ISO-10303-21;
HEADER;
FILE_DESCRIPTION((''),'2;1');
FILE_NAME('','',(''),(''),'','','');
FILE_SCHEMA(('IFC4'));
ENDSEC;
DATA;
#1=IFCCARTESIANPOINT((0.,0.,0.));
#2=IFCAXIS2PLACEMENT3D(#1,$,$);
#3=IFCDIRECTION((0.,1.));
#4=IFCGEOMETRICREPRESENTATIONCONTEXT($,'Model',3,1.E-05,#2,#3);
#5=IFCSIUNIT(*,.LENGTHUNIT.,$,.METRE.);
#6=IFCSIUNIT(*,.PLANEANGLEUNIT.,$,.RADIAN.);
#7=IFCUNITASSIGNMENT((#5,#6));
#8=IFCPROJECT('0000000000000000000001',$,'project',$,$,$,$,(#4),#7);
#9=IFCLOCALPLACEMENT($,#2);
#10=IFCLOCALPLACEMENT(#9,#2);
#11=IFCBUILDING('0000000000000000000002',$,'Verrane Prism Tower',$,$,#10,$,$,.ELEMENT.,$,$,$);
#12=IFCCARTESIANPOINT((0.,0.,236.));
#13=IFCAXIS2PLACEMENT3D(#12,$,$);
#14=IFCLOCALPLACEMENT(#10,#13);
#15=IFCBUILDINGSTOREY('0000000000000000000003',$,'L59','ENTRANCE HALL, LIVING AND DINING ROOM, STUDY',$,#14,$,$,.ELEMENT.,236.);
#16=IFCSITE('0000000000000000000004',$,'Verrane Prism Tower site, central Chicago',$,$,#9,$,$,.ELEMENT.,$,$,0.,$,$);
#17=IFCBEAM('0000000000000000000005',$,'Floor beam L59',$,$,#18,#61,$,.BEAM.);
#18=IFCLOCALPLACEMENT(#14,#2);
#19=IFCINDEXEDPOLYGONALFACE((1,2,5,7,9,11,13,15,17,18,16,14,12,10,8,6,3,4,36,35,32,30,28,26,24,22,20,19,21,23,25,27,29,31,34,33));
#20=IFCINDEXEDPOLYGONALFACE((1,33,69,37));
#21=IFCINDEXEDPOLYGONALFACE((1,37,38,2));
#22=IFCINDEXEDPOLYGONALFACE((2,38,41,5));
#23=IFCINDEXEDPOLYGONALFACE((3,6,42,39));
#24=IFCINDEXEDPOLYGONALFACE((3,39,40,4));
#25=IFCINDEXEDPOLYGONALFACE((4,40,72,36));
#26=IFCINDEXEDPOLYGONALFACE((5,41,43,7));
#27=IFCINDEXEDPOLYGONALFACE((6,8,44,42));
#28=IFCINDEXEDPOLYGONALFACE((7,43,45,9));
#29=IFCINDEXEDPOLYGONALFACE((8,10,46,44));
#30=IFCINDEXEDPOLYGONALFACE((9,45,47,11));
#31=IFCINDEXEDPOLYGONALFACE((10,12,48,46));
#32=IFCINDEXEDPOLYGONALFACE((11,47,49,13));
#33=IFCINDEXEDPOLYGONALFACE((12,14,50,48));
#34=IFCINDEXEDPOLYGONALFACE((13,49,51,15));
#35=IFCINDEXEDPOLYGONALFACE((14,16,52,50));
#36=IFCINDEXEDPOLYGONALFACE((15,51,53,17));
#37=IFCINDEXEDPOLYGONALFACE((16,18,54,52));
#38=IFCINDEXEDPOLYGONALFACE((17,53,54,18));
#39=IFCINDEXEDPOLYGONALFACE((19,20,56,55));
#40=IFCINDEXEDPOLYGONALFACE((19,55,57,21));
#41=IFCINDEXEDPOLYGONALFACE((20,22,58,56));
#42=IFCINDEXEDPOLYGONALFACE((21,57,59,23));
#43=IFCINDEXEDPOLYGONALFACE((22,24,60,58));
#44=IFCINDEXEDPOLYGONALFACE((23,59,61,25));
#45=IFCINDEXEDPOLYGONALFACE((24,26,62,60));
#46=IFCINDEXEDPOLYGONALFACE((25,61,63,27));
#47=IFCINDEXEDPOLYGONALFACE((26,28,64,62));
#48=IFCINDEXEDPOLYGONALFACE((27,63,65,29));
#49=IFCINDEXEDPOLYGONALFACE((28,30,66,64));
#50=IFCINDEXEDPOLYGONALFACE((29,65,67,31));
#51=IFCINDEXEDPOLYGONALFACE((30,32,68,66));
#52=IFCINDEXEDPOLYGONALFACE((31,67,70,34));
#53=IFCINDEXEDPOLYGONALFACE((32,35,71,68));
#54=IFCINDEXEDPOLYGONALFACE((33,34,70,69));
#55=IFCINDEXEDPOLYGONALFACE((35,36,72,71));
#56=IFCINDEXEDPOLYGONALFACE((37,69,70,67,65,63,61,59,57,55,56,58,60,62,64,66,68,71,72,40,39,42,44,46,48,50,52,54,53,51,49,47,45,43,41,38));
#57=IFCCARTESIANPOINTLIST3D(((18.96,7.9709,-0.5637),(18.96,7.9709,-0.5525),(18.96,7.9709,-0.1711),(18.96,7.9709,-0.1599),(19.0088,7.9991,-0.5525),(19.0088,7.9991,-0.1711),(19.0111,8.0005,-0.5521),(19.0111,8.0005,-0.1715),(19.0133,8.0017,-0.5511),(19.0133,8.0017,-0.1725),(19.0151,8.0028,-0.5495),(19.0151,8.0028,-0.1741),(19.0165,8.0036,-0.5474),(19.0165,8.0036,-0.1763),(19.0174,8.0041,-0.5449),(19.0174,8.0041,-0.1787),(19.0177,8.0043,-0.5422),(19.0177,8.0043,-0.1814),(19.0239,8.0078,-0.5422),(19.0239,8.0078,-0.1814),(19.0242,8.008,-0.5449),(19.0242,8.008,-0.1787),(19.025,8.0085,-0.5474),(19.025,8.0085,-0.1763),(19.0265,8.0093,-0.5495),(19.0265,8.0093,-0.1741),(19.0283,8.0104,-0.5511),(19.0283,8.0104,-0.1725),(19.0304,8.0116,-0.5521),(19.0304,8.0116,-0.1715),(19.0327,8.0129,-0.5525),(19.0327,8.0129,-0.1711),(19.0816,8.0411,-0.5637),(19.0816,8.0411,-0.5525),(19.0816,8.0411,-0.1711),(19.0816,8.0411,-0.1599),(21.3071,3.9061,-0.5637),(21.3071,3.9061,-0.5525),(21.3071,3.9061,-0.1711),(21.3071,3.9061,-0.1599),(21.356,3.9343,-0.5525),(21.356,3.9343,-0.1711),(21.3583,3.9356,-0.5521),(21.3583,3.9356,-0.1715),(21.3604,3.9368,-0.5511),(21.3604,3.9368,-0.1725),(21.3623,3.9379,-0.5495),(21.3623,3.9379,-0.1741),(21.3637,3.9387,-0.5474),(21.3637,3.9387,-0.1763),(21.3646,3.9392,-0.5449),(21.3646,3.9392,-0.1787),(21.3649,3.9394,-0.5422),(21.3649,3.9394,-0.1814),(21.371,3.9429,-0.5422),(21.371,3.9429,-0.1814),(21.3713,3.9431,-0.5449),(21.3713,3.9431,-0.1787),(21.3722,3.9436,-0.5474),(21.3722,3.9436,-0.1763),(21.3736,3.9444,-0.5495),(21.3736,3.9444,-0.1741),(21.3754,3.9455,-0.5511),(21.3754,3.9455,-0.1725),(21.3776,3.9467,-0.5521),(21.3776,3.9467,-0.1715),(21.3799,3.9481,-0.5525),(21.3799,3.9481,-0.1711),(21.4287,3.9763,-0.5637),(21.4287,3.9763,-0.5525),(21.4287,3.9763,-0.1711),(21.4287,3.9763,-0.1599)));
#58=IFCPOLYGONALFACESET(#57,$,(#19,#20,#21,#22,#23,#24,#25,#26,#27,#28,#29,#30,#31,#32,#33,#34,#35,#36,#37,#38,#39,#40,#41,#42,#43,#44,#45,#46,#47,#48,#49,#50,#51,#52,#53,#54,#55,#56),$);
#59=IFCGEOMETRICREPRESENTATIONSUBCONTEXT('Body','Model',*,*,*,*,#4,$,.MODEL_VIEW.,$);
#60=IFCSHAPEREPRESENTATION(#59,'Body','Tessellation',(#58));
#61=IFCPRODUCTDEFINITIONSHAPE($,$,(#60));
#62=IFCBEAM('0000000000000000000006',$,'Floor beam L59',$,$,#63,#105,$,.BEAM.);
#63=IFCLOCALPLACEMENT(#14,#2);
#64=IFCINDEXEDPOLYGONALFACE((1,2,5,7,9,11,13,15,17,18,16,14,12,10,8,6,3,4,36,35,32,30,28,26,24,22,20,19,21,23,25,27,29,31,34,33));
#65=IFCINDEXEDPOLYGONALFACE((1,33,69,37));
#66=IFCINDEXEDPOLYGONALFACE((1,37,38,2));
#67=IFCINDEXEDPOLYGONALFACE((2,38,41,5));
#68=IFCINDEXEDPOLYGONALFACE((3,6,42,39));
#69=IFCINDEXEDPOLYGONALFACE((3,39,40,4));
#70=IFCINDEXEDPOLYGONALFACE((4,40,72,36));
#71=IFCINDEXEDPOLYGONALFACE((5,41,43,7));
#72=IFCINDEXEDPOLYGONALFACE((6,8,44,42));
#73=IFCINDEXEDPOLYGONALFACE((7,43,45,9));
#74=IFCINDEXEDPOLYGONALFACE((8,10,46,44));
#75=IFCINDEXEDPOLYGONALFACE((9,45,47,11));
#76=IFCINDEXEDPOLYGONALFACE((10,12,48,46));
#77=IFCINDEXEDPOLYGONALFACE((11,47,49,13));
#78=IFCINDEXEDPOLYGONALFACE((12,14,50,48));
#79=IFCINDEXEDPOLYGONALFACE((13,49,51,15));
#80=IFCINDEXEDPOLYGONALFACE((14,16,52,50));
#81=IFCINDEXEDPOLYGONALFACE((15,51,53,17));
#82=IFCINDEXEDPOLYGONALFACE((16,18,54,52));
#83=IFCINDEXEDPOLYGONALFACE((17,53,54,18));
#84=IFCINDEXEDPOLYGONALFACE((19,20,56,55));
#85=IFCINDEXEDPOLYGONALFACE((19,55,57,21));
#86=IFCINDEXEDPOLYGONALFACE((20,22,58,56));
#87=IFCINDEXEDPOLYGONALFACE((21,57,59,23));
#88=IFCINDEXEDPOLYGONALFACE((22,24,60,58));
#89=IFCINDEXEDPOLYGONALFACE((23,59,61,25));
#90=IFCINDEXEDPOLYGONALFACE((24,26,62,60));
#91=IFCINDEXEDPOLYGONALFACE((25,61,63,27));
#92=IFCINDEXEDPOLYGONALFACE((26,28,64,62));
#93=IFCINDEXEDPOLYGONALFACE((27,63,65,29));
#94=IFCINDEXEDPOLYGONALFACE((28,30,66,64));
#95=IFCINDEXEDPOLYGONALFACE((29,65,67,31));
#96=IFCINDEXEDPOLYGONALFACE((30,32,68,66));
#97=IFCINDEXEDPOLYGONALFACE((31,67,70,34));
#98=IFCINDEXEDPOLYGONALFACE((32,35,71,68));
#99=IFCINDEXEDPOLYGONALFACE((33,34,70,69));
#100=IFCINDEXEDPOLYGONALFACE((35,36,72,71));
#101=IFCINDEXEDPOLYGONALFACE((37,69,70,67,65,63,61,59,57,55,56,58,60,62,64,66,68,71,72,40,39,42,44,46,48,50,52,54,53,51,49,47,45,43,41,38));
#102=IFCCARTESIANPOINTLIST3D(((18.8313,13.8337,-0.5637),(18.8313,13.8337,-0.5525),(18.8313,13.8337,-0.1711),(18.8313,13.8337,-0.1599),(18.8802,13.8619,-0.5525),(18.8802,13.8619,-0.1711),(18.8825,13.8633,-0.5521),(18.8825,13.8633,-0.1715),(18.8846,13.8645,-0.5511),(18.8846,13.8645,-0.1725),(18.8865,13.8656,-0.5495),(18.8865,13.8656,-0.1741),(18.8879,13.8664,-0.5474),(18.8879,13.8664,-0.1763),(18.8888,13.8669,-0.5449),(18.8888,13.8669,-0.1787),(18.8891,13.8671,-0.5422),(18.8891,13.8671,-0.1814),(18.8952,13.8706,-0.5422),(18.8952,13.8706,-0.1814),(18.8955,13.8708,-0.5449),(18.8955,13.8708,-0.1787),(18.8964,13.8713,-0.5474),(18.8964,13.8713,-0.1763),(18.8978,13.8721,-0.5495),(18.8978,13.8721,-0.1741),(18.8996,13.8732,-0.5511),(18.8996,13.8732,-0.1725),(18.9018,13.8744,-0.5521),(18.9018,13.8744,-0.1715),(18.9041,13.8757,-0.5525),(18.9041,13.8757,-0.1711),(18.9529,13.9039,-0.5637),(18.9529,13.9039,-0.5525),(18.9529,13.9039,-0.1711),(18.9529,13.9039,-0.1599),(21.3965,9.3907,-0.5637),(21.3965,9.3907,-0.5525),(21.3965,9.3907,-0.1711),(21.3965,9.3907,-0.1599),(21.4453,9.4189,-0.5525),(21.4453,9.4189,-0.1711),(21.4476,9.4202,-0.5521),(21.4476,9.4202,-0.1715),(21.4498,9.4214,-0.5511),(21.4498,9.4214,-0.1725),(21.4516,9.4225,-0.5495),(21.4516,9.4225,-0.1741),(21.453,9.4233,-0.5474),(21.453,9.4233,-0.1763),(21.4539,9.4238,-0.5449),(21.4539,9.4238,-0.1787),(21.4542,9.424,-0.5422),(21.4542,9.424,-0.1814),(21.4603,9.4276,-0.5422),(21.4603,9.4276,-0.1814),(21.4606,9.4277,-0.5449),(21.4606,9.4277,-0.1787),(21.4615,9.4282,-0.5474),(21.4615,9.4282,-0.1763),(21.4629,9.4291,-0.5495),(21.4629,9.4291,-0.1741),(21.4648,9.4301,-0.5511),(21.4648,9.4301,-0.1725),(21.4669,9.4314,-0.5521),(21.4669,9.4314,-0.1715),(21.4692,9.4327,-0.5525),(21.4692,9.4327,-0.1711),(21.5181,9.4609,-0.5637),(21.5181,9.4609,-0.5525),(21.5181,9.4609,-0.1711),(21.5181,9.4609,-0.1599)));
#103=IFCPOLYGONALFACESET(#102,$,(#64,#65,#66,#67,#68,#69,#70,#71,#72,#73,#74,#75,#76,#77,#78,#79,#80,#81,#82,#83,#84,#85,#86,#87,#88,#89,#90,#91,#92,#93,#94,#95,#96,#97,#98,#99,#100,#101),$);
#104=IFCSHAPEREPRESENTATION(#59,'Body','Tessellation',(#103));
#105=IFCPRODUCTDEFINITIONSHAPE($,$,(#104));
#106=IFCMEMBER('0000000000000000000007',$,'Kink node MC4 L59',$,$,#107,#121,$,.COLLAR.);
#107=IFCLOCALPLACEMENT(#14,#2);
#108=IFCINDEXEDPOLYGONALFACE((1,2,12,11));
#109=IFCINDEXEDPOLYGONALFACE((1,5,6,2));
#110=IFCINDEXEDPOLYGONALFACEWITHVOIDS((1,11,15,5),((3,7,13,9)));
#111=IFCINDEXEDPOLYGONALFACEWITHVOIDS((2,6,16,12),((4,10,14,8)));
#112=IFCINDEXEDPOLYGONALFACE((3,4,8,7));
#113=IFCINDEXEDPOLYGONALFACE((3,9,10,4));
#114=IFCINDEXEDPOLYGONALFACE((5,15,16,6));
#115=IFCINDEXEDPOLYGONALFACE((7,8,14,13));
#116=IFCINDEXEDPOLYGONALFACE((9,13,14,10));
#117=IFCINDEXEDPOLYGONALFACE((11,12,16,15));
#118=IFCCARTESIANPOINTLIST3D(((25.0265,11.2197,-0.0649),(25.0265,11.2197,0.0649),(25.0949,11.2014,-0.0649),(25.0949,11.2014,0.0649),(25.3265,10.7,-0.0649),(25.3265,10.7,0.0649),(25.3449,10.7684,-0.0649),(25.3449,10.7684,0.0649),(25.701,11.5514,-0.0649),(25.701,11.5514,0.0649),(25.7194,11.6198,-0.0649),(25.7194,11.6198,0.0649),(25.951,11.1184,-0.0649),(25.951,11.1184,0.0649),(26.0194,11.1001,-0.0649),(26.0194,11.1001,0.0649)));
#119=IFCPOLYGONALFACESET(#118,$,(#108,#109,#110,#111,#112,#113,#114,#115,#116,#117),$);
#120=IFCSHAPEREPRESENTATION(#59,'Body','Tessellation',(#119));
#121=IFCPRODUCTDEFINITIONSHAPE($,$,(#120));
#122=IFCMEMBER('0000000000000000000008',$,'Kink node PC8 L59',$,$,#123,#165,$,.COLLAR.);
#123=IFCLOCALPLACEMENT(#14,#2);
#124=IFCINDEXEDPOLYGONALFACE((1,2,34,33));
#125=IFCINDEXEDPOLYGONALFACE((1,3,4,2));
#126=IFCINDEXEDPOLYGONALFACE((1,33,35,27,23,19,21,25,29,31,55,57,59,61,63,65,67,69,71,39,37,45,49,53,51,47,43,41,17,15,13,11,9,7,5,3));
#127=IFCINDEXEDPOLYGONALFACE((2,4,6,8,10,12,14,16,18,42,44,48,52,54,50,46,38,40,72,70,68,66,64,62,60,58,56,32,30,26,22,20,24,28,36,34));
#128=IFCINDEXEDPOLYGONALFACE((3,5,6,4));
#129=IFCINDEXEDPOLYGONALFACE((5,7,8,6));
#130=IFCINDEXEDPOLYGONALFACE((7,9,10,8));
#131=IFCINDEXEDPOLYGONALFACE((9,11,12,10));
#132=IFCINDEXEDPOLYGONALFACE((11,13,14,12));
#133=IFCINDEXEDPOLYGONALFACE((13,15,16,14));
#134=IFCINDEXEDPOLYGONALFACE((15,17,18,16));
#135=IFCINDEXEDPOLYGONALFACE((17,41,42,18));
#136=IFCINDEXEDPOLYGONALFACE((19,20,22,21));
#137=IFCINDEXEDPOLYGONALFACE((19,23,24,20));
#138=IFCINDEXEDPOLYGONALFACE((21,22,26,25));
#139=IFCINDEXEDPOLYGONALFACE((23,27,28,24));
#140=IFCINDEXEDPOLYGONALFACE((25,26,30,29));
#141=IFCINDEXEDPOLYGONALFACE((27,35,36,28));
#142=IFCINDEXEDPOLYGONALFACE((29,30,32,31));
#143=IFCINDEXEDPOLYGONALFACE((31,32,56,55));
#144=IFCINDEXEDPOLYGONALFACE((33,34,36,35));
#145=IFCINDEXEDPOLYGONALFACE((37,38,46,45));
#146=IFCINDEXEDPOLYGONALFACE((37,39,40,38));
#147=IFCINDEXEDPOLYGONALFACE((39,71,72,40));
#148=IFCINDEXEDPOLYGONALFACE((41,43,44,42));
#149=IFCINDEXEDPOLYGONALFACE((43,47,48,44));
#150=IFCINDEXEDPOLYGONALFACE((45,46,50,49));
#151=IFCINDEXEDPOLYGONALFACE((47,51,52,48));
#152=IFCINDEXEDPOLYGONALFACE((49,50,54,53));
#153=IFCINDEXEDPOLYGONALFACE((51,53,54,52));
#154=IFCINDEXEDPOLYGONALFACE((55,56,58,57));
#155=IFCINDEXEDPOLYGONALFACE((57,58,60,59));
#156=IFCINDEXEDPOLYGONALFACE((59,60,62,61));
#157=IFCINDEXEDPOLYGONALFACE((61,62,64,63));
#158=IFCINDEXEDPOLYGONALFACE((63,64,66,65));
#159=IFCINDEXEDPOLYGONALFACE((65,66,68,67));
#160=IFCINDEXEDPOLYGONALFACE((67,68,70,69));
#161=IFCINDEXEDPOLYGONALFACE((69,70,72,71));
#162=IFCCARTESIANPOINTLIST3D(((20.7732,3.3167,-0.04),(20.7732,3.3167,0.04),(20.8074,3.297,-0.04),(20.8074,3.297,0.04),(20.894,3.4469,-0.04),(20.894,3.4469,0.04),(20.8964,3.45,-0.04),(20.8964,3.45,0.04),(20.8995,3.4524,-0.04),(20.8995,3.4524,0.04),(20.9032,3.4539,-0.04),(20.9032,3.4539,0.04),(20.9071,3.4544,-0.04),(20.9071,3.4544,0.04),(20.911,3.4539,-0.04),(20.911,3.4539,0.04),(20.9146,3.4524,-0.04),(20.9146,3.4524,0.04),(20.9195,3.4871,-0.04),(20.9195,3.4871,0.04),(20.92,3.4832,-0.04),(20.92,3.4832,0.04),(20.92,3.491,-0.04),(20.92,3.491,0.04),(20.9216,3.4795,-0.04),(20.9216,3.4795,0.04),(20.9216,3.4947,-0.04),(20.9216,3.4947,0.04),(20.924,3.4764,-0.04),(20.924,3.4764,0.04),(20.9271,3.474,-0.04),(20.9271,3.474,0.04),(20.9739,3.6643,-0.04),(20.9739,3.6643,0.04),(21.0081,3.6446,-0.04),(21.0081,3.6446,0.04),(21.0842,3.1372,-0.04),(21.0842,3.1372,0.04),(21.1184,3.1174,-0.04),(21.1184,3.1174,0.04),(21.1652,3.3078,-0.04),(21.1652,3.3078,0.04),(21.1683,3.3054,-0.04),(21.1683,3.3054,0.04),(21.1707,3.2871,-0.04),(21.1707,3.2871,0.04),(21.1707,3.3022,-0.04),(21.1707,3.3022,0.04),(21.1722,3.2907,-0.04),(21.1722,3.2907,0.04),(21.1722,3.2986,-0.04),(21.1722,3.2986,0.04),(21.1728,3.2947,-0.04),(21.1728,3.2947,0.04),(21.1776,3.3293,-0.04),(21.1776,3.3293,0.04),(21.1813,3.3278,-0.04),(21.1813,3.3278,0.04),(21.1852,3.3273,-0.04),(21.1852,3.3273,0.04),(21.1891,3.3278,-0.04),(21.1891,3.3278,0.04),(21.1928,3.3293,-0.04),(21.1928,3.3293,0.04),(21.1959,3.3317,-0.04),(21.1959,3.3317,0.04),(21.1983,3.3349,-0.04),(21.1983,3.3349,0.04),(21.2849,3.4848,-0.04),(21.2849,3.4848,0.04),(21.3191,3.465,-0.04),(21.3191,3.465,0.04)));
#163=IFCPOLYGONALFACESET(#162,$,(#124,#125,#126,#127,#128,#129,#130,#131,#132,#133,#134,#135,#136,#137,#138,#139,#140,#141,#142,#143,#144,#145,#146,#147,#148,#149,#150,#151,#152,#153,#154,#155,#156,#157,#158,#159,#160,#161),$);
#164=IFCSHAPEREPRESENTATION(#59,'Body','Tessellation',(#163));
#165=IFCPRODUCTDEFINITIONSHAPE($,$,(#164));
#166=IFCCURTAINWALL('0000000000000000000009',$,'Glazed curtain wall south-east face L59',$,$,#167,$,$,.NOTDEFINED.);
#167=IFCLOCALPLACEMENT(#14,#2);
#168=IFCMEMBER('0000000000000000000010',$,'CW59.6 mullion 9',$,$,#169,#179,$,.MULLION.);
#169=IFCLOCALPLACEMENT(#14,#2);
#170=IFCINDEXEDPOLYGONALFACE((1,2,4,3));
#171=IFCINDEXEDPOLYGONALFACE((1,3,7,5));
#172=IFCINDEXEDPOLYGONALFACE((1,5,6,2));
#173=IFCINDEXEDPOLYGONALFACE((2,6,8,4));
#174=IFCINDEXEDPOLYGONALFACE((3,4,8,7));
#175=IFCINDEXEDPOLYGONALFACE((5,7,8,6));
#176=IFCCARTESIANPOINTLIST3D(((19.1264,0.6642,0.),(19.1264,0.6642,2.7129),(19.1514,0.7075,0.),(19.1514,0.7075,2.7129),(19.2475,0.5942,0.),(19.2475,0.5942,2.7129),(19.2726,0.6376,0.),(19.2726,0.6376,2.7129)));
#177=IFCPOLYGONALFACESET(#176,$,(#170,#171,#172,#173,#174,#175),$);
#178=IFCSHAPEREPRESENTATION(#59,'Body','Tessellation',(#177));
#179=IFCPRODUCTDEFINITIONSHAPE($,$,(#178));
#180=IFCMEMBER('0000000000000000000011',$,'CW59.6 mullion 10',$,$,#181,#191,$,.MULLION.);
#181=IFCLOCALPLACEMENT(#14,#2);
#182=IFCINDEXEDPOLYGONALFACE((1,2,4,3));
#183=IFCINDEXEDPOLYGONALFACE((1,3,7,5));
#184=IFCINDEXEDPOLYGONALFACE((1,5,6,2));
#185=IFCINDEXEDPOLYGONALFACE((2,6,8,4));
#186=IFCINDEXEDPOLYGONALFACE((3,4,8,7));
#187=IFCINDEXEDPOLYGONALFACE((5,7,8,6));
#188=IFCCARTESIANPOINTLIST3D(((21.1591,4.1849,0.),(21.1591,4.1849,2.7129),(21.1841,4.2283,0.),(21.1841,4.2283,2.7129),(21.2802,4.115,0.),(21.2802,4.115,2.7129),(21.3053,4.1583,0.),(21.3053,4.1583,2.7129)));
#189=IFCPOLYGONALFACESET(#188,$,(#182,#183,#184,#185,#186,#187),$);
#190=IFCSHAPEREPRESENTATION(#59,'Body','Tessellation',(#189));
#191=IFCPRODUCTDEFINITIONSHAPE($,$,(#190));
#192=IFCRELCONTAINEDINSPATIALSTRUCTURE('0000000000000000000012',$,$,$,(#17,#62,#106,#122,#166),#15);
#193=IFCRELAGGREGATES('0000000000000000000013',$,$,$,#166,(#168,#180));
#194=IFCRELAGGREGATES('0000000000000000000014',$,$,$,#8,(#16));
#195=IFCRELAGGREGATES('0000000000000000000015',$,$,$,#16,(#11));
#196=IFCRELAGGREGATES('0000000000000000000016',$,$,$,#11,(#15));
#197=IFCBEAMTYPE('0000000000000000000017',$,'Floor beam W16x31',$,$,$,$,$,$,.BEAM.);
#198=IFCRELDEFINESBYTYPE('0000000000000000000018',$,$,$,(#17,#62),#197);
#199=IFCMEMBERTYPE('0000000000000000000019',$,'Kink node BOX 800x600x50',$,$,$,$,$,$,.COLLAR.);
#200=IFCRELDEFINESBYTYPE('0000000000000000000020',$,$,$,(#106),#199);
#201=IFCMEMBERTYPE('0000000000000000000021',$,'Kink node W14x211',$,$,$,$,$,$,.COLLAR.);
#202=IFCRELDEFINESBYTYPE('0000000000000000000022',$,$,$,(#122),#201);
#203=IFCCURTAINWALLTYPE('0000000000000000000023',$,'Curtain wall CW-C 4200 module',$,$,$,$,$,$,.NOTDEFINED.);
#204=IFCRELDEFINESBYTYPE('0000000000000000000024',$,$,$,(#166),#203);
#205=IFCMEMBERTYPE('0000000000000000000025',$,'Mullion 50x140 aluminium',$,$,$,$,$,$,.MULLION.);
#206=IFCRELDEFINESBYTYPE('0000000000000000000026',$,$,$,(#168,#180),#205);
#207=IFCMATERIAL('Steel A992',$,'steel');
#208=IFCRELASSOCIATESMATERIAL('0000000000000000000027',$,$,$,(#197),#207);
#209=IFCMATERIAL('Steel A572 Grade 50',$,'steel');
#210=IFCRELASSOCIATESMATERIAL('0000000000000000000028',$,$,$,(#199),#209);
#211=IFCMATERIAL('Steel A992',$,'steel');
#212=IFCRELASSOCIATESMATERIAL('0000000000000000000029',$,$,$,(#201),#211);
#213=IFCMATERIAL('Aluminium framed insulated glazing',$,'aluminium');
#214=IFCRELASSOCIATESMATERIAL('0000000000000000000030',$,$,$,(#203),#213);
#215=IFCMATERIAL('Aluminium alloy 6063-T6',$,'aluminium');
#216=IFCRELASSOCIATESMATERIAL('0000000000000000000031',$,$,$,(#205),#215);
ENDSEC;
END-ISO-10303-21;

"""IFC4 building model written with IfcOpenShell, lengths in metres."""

from ifc_helpers import new_model, si_unit, direction, frame, origin, origin_2d, place, context, subcontext, project, spatial, rectangle, hollow_rectangle, i_section, extrude, material, material_profile, profile_set, type_object, element, aggregate, save


model = new_model("IFC4")

# Units and contexts
model_context = context("Model", 3, precision=1e-05, world=origin(), true_north=direction((0.0, 1.0)))
body_context = subcontext(model_context, "Body", "Model", "MODEL_VIEW")
ifc_project = project(units=[si_unit("LENGTHUNIT", "METRE"), si_unit("PLANEANGLEUNIT", "RADIAN")], contexts=[model_context])

# Site, building, storey
site_placement = place(None, origin())
site = spatial("IfcSite", under=ifc_project, at=site_placement, Name="Verrane Prism Tower site, central Chicago", CompositionType="ELEMENT", RefElevation=0.0)
building_placement = place(site_placement, origin())
building = spatial("IfcBuilding", under=site, at=building_placement, Name="Verrane Prism Tower", CompositionType="ELEMENT")
storey_placement = place(building_placement, frame((0.0, 0.0, 236.0)))
storey = spatial("IfcBuildingStorey", under=building, at=storey_placement, Name="L59", Description="ENTRANCE HALL, LIVING AND DINING ROOM, STUDY", CompositionType="ELEMENT", Elevation=236.0)

# Beams
ifc_material_1 = material(Name="Steel A992", Category="steel")
ifc_material_profile_1 = material_profile(ifc_material_1, i_section(OverallWidth=0.1404, OverallDepth=0.4038, WebThickness=0.0071, FlangeThickness=0.0112, FilletRadius=0.0103, at=origin_2d()), Name="W16x31")
ifc_profile_set_1 = profile_set([ifc_material_profile_1], Name="Steel A992")
beam_type_1 = type_object("IfcBeamType", Name="Floor beam W16x31", PredefinedType="BEAM", material=ifc_profile_set_1)
beam_1_placement = place(storey_placement, frame((21.3679, 3.9412, -0.3618), z_axis=(-0.500044, 0.866, 0.0), x_axis=(-0.866, -0.500044, 0.0)))
element("IfcBeam", 1, at=beam_1_placement, inside=storey, type_object=beam_type_1, Name="Floor beam L59", PredefinedType="BEAM", context=body_context, shape_type="SweptSolid", body=[
    extrude(i_section(OverallWidth=0.1404, OverallDepth=0.4038, WebThickness=0.0071, FlangeThickness=0.0112, FilletRadius=0.0103, at=origin_2d()), origin(), (0.0, 0.0, 1.0), 4.6938),
])
beam_2_placement = place(storey_placement, frame((21.4573, 9.4258, -0.3618), z_axis=(-0.499993, 0.866029, 0.0), x_axis=(-0.866029, -0.499993, 0.0)))
element("IfcBeam", 2, at=beam_2_placement, inside=storey, type_object=beam_type_1, Name="Floor beam L59", PredefinedType="BEAM", context=body_context, shape_type="SweptSolid", body=[
    extrude(i_section(OverallWidth=0.1404, OverallDepth=0.4038, WebThickness=0.0071, FlangeThickness=0.0112, FilletRadius=0.0103, at=origin_2d()), origin(), (0.0, 0.0, 1.0), 5.1304),
])

# Members
ifc_material_2 = material(Name="Steel A572 Grade 50", Category="steel")
ifc_material_profile_2 = material_profile(ifc_material_2, hollow_rectangle(XDim=0.6001, YDim=0.8, WallThickness=0.05, at=origin_2d()), Name="BOX 800x600x50")
ifc_profile_set_2 = profile_set([ifc_material_profile_2], Name="Steel A572 Grade 50")
member_type_1 = type_object("IfcMemberType", Name="Kink node BOX 800x600x50", PredefinedType="COLLAR", material=ifc_profile_set_2)
member_1_placement = place(storey_placement, frame((25.5229, 11.1599, -0.0649), z_axis=(0.0, 0.0, 1.0), x_axis=(0.5, -0.866025, 0.0)))
element("IfcMember", 3, at=member_1_placement, inside=storey, type_object=member_type_1, Name="Kink node MC4 L59", PredefinedType="COLLAR", context=body_context, shape_type="SweptSolid", body=[
    extrude(hollow_rectangle(XDim=0.6001, YDim=0.8, WallThickness=0.05, at=origin_2d()), origin(), (0.0, 0.0, 1.0), 0.1299),
])
ifc_material_3 = material(Name="Steel A992", Category="steel")
ifc_material_profile_3 = material_profile(ifc_material_3, i_section(OverallWidth=0.4014, OverallDepth=0.3987, WebThickness=0.0249, FlangeThickness=0.0396, FilletRadius=0.0151, at=origin_2d()), Name="W14x211")
ifc_profile_set_3 = profile_set([ifc_material_profile_3], Name="Steel A992")
member_type_2 = type_object("IfcMemberType", Name="Kink node W14x211", PredefinedType="COLLAR", material=ifc_profile_set_3)
member_2_placement = place(storey_placement, frame((21.0461, 3.3909, -0.04), z_axis=(0.0, 0.0, 1.0), x_axis=(-0.5, -0.866025, 0.0)))
element("IfcMember", 4, at=member_2_placement, inside=storey, type_object=member_type_2, Name="Kink node PC8 L59", PredefinedType="COLLAR", context=body_context, shape_type="SweptSolid", body=[
    extrude(i_section(OverallWidth=0.4014, OverallDepth=0.3987, WebThickness=0.0249, FlangeThickness=0.0396, FilletRadius=0.0151, at=origin_2d()), origin(), (0.0, 0.0, 1.0), 0.0801),
])

# Curtain wall, members
ifc_material_4 = material(Name="Aluminium framed insulated glazing", Category="aluminium")
curtain_wall_type = type_object("IfcCurtainWallType", Name="Curtain wall CW-C 4200 module", PredefinedType="NOTDEFINED", material=ifc_material_4)
curtain_wall_placement = place(storey_placement, origin())
curtain_wall = element("IfcCurtainWall", 5, at=curtain_wall_placement, inside=storey, type_object=curtain_wall_type, Name="Glazed curtain wall south-east face L59", PredefinedType="NOTDEFINED")
ifc_material_5 = material(Name="Aluminium alloy 6063-T6", Category="aluminium")
ifc_material_profile_4 = material_profile(ifc_material_5, rectangle(XDim=0.1399, YDim=0.05, at=origin_2d()), Name="Mullion 50x140 aluminium")
ifc_profile_set_4 = profile_set([ifc_material_profile_4], Name="Aluminium alloy 6063-T6")
member_type_3 = type_object("IfcMemberType", Name="Mullion 50x140 aluminium", PredefinedType="MULLION", material=ifc_profile_set_4)
member_3_placement = place(storey_placement, frame((19.1995, 0.6509, 0.0), z_axis=(0.0, 0.0, 1.0), x_axis=(-0.866026, 0.499999, 0.0)))
member_3 = element("IfcMember", 6, at=member_3_placement, type_object=member_type_3, Name="CW59.6 mullion 9", PredefinedType="MULLION", context=body_context, shape_type="SweptSolid", body=[
    extrude(rectangle(XDim=0.1399, YDim=0.05, at=origin_2d()), origin(), (0.0, 0.0, 1.0), 2.7129),
])
member_4_placement = place(storey_placement, frame((21.2322, 4.1716, 0.0), z_axis=(0.0, 0.0, 1.0), x_axis=(-0.866026, 0.499999, 0.0)))
member_4 = element("IfcMember", 7, at=member_4_placement, type_object=member_type_3, Name="CW59.6 mullion 10", PredefinedType="MULLION", context=body_context, shape_type="SweptSolid", body=[
    extrude(rectangle(XDim=0.1399, YDim=0.05, at=origin_2d()), origin(), (0.0, 0.0, 1.0), 2.7129),
])

aggregate(curtain_wall, [member_3, member_4])

save(model, "model.ifc")
